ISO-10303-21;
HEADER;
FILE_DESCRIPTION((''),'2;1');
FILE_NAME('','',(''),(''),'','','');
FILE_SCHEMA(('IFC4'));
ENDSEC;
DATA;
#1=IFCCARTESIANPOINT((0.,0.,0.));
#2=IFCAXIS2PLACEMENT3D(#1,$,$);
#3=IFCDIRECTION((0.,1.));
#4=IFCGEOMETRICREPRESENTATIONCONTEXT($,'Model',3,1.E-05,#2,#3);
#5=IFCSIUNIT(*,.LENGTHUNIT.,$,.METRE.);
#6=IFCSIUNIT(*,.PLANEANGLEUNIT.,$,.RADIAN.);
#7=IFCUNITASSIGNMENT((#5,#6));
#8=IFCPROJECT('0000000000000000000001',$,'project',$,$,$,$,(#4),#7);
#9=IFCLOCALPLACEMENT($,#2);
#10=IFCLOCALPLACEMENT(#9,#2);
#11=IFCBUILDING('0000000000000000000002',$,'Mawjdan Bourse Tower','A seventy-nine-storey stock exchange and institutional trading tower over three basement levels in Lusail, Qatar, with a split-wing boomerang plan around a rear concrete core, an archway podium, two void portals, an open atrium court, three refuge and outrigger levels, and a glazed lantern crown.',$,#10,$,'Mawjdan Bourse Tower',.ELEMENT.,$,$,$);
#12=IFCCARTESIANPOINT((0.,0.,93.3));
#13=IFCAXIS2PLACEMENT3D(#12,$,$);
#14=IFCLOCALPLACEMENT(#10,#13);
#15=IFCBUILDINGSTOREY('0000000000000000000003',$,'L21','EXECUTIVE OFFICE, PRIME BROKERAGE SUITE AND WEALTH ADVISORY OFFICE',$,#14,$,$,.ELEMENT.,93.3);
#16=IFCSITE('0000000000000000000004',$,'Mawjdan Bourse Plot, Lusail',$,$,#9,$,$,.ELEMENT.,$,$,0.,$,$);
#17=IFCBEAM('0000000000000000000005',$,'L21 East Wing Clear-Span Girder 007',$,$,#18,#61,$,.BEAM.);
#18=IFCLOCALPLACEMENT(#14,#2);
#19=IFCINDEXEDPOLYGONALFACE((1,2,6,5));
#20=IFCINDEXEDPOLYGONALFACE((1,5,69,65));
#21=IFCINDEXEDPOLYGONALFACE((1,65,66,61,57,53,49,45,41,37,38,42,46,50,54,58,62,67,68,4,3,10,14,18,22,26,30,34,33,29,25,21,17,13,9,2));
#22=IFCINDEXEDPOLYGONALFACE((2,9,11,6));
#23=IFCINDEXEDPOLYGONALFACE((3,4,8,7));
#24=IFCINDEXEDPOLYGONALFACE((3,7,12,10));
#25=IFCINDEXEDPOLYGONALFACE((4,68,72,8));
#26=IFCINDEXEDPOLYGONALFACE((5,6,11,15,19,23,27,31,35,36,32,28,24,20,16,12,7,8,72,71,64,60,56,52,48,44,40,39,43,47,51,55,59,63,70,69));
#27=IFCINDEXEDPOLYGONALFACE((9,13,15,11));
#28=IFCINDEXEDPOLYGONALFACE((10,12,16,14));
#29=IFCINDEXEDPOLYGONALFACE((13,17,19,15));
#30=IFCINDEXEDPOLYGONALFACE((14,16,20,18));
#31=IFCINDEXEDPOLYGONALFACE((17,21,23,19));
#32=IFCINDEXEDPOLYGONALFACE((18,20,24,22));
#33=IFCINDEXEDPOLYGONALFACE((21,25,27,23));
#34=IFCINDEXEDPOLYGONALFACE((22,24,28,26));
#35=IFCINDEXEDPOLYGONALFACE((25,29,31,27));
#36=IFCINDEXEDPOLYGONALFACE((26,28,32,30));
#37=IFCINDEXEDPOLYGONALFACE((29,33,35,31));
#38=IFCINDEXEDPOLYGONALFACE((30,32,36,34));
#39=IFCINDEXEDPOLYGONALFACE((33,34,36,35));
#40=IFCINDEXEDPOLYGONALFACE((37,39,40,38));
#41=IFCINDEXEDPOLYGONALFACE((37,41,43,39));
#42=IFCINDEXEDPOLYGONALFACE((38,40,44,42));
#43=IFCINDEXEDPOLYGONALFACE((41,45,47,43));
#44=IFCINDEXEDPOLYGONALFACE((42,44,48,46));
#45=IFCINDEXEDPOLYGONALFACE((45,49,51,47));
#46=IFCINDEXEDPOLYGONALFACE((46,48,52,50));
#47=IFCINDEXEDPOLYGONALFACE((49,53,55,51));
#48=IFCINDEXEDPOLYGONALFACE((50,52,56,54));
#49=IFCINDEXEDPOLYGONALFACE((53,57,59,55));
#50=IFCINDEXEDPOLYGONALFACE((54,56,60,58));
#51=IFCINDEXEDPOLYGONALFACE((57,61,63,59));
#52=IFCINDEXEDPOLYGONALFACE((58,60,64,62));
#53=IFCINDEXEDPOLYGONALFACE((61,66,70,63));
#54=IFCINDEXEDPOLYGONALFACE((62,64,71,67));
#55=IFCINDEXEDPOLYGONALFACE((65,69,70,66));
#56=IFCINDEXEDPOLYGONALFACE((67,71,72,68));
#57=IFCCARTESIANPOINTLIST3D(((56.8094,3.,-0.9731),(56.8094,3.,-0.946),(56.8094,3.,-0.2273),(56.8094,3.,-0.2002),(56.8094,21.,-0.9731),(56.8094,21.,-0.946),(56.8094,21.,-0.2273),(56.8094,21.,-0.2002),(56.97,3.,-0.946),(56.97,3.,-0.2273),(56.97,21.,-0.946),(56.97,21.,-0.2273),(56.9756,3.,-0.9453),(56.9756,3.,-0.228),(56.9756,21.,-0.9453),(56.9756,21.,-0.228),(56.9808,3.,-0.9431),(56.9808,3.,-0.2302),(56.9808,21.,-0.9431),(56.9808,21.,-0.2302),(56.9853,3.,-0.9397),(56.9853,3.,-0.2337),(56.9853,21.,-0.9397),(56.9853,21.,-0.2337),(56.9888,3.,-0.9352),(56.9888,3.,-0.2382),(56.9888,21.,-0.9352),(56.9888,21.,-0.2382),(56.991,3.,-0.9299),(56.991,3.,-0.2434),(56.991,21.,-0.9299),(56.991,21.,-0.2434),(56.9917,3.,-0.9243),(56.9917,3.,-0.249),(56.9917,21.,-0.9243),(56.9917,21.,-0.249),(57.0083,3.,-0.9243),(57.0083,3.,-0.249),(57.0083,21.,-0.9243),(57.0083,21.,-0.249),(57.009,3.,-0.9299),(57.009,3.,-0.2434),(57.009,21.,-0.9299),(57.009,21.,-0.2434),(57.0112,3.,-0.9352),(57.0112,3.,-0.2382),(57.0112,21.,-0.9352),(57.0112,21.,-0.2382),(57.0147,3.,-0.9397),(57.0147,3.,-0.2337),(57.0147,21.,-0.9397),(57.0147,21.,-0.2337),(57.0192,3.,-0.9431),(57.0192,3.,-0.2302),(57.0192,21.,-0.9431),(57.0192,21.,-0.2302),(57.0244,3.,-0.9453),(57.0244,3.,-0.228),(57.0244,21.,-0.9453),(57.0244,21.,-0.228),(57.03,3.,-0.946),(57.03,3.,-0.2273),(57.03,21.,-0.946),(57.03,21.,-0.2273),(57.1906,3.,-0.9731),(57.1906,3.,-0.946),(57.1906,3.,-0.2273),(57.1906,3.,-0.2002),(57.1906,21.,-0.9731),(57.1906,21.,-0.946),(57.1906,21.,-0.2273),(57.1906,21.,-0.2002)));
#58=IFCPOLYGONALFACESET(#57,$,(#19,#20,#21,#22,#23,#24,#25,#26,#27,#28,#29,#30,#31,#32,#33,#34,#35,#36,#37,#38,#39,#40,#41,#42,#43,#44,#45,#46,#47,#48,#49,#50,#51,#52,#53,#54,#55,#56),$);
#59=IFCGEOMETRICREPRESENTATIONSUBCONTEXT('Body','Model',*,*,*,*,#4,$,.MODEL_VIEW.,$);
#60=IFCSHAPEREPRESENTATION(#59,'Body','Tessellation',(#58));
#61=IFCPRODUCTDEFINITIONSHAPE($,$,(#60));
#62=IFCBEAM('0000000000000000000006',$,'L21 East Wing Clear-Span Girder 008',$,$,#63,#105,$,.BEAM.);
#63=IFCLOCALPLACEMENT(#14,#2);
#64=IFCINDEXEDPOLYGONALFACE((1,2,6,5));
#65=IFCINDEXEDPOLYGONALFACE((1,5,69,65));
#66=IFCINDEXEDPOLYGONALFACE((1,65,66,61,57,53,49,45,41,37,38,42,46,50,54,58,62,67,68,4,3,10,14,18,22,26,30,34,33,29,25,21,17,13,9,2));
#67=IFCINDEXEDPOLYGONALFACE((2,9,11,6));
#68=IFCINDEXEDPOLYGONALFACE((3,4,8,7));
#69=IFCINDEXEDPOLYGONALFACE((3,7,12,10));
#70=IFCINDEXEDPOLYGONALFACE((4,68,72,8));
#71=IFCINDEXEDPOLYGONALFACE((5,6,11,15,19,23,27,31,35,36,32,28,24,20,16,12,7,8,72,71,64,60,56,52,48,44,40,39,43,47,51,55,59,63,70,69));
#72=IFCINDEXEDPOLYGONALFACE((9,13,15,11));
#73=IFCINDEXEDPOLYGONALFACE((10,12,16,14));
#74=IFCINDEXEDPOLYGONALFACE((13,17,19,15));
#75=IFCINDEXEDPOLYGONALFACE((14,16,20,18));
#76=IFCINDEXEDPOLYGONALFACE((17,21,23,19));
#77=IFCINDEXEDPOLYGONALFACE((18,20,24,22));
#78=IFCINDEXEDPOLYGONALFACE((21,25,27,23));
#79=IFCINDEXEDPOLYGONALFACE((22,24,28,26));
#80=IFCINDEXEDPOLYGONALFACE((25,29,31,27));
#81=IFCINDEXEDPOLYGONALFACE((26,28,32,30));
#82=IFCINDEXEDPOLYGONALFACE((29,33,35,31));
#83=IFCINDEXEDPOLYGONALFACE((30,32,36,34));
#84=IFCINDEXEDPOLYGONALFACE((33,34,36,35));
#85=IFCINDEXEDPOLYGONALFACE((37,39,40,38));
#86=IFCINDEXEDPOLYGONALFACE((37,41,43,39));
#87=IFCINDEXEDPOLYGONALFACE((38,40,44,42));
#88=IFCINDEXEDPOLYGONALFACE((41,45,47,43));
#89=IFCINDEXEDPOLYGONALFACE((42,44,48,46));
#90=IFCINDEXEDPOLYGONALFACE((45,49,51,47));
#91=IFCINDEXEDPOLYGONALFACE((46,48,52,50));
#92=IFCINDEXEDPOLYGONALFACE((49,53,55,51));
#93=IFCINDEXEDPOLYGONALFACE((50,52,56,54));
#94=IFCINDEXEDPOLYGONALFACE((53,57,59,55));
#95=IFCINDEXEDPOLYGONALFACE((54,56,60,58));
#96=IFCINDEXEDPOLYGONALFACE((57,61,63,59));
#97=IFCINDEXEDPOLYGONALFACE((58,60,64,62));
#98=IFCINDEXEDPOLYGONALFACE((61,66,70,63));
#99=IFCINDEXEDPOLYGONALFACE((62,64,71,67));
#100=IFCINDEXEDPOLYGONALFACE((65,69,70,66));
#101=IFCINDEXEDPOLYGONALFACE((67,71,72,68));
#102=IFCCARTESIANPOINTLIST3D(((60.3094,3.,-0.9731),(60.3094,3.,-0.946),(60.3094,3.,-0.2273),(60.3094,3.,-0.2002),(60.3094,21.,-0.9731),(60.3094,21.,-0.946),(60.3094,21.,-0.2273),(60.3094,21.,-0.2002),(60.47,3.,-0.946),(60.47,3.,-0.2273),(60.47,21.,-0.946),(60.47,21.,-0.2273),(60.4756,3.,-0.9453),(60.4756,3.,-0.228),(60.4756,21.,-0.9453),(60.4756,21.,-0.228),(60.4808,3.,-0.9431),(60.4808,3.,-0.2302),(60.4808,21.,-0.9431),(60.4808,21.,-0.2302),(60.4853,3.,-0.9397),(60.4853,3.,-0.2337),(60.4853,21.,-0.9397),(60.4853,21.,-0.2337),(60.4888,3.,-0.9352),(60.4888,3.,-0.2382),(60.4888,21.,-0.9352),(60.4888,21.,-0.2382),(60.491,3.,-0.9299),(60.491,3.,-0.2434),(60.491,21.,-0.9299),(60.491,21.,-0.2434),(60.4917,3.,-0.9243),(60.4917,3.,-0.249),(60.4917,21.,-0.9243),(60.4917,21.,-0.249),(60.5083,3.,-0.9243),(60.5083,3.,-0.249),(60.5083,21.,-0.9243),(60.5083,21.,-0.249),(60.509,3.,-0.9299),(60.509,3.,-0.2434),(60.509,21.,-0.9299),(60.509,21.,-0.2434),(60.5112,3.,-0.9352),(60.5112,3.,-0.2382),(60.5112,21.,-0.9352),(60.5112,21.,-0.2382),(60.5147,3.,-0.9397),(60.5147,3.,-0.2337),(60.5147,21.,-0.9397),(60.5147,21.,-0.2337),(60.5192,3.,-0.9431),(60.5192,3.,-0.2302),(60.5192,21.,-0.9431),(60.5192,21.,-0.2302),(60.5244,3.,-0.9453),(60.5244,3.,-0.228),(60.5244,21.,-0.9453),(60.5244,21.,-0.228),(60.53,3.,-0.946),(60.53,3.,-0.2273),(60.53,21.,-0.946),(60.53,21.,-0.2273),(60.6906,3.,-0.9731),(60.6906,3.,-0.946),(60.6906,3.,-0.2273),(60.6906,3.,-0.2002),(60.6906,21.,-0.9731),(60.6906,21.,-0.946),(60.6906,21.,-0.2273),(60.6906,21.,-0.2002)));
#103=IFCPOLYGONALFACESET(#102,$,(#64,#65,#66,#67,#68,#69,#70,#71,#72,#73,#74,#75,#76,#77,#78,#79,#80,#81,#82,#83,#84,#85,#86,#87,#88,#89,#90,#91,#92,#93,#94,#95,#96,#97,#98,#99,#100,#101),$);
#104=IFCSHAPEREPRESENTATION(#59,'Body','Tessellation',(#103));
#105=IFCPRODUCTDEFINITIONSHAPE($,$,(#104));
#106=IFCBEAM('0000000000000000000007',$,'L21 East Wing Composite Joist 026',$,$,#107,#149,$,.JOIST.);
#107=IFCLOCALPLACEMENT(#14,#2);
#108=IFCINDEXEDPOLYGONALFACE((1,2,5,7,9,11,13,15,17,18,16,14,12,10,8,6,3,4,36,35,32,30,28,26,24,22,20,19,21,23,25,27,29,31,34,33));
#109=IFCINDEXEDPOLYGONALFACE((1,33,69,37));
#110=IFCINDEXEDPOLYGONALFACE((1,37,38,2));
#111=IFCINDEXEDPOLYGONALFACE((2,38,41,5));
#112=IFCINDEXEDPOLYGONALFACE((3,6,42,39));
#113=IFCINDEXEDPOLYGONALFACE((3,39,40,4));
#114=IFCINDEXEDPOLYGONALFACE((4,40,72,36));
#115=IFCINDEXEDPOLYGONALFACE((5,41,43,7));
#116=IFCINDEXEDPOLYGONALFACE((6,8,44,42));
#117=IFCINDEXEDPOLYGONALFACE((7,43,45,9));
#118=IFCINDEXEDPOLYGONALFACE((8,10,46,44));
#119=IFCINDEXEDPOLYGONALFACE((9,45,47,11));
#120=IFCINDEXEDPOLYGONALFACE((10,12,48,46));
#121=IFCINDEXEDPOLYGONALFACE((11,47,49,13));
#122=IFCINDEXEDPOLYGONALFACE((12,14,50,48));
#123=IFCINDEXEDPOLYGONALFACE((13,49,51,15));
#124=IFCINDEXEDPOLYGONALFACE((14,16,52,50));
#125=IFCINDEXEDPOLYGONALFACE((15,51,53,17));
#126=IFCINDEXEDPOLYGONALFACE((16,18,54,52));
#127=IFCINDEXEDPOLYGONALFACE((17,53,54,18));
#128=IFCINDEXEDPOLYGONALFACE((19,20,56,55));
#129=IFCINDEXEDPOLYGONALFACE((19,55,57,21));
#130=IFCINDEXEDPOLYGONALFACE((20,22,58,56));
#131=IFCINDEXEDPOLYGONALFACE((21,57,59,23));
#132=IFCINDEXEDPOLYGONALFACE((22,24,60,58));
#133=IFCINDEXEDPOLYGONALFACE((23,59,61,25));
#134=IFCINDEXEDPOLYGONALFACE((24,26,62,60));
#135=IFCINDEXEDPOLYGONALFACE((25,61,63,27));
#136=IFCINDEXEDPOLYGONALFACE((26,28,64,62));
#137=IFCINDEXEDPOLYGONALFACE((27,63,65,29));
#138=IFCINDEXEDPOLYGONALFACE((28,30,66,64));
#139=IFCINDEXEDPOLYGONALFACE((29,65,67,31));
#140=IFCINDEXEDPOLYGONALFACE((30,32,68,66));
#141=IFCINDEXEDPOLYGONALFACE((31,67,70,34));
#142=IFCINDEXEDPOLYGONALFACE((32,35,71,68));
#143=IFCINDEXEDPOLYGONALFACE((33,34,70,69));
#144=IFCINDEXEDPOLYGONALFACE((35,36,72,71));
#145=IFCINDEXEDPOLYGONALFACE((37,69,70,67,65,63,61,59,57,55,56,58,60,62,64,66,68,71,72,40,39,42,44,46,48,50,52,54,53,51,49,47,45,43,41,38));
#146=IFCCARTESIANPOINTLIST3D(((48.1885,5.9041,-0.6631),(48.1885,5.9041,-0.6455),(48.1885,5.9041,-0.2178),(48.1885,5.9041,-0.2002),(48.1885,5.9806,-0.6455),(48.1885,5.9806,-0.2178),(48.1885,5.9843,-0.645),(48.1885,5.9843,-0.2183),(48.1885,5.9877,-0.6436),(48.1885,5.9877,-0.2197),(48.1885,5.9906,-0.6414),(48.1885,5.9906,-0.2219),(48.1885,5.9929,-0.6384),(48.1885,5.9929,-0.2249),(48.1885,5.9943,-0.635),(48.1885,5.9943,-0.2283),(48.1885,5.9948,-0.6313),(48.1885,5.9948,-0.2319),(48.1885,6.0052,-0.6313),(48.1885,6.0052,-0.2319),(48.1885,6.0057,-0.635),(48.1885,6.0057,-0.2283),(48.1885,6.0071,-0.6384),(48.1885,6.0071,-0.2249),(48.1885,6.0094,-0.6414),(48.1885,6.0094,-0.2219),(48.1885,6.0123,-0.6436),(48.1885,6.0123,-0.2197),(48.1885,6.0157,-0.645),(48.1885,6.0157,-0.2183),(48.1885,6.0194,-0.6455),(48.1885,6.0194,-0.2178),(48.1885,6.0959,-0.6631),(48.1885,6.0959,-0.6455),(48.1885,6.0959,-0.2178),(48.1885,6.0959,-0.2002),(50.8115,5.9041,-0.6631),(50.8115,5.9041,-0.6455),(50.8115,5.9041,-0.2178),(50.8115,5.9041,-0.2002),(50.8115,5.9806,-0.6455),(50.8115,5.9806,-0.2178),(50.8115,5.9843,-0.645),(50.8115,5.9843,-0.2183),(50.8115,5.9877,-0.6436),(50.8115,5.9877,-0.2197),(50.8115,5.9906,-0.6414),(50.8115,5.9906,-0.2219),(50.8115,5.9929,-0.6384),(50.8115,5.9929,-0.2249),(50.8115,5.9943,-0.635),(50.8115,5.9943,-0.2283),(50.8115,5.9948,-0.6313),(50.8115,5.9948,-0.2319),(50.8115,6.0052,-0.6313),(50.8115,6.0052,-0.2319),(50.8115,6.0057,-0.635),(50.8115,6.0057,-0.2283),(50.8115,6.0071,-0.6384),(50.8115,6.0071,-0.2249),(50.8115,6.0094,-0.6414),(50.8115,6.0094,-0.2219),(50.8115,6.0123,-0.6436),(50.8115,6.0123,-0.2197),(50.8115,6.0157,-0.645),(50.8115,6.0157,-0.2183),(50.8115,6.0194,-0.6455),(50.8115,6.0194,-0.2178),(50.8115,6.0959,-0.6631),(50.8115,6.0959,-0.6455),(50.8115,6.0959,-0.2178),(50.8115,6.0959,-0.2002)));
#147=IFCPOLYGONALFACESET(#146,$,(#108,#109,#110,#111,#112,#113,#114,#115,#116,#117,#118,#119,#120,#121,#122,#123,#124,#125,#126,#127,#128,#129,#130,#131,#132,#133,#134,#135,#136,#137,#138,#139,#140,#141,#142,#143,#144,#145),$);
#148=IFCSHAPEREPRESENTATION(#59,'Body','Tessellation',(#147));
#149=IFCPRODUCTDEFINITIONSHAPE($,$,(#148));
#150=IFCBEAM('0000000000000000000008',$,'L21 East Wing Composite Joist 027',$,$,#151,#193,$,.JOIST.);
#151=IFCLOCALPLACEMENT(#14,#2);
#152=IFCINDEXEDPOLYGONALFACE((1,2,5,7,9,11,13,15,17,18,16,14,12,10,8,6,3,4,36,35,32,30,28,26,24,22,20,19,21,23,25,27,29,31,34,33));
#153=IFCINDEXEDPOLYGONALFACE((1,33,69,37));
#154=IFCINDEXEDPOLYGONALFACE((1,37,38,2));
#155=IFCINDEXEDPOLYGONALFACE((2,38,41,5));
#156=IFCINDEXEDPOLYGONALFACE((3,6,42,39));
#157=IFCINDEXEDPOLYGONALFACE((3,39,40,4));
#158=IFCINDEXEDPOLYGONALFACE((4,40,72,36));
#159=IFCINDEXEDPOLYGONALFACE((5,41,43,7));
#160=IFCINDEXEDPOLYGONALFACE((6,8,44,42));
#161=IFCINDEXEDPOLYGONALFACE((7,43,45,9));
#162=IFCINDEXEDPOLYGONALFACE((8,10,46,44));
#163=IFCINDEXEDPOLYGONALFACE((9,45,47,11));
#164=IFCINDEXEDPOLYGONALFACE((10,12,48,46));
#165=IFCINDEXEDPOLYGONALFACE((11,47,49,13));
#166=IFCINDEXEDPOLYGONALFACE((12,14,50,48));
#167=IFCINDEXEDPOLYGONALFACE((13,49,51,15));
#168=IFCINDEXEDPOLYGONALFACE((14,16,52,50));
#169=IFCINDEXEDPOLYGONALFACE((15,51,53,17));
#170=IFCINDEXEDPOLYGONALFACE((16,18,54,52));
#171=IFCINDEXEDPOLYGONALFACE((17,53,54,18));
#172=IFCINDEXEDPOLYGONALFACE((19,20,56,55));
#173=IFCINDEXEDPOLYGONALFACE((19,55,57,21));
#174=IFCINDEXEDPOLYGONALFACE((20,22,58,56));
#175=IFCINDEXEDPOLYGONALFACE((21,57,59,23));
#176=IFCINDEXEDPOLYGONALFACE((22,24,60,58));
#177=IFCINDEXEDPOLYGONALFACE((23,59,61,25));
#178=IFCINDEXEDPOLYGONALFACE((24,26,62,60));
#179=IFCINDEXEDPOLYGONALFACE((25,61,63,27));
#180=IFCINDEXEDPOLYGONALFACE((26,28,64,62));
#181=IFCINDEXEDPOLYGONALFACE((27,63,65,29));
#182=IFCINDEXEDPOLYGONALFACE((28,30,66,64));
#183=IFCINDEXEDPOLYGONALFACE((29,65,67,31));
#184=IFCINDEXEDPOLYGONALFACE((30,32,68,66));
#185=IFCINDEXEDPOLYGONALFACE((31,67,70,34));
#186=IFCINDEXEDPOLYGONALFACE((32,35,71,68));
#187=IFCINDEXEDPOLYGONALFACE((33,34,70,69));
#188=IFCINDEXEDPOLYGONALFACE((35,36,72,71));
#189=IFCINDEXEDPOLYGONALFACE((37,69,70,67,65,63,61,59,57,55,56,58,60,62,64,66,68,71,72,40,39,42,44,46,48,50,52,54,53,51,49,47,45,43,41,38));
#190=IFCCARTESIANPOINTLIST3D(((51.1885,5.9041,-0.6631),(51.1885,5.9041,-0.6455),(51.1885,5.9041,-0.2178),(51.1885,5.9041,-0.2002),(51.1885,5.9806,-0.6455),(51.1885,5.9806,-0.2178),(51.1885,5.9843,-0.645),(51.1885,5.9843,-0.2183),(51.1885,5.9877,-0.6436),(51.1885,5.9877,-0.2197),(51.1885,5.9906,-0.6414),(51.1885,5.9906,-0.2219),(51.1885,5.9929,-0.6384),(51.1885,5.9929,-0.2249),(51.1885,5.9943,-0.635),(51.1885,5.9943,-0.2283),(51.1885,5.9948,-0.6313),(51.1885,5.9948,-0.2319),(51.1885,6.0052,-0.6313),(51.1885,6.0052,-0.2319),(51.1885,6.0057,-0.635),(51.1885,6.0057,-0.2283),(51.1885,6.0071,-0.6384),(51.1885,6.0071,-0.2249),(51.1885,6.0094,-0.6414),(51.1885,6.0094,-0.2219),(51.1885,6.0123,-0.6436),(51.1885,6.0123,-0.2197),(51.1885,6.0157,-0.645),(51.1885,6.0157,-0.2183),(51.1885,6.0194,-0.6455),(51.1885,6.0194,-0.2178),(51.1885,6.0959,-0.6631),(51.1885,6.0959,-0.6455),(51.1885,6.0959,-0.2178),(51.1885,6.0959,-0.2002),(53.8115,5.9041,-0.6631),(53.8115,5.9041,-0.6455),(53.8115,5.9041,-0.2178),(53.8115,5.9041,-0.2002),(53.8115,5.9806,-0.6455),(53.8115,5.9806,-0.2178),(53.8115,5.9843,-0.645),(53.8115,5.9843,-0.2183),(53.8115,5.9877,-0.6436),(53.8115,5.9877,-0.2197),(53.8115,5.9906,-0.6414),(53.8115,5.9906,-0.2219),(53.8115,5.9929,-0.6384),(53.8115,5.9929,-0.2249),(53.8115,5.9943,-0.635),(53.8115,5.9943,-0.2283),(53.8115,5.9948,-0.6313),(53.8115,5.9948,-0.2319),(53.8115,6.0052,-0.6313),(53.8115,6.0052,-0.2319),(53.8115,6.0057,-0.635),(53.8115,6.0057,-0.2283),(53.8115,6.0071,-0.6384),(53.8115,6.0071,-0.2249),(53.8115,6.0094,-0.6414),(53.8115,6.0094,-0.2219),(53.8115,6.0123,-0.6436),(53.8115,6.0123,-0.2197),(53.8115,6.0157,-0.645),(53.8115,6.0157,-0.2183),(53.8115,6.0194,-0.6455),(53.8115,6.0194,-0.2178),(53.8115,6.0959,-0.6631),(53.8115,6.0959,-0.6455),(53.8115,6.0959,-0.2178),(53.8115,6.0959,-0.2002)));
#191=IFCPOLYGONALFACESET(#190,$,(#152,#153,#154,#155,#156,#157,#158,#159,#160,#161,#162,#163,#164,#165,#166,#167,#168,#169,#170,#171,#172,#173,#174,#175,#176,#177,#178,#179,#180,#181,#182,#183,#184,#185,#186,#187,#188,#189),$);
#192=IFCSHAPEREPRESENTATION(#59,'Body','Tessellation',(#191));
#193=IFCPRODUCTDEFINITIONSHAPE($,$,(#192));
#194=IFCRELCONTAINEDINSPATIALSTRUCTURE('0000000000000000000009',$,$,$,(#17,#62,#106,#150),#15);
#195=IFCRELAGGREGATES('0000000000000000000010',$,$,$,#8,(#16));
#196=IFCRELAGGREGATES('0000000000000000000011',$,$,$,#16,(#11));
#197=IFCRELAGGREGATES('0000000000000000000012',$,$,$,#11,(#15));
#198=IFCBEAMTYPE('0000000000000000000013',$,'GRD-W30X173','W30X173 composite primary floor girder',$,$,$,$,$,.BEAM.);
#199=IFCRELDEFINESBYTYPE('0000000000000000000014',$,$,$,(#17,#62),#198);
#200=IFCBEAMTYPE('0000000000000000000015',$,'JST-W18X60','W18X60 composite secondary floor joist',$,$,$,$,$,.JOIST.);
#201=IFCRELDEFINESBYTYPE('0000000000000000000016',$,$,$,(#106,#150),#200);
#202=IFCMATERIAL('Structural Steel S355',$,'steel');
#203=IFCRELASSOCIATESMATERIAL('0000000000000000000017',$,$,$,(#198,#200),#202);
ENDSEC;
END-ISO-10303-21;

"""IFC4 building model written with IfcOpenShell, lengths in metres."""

from ifc_helpers import new_model, si_unit, direction, frame, origin, origin_2d, place, context, subcontext, project, spatial, i_section, extrude, material, material_profile, profile_set, type_object, element, save


model = new_model("IFC4")

# Units and contexts
model_context = context("Model", 3, precision=1e-05, world=origin(), true_north=direction((0.0, 1.0)))
body_context = subcontext(model_context, "Body", "Model", "MODEL_VIEW")
ifc_project = project(units=[si_unit("LENGTHUNIT", "METRE"), si_unit("PLANEANGLEUNIT", "RADIAN")], contexts=[model_context])

# Site, building, storey
site_placement = place(None, origin())
site = spatial("IfcSite", under=ifc_project, at=site_placement, Name="Mawjdan Bourse Plot, Lusail", CompositionType="ELEMENT", RefElevation=0.0)
building_placement = place(site_placement, origin())
building = spatial("IfcBuilding", under=site, at=building_placement, Name="Mawjdan Bourse Tower", Description="A seventy-nine-storey stock exchange and institutional trading tower over three basement levels in Lusail, Qatar, with a split-wing boomerang plan around a rear concrete core, an archway podium, two void portals, an open atrium court, three refuge and outrigger levels, and a glazed lantern crown.", LongName="Mawjdan Bourse Tower", CompositionType="ELEMENT")
storey_placement = place(building_placement, frame((0.0, 0.0, 93.3)))
storey = spatial("IfcBuildingStorey", under=building, at=storey_placement, Name="L21", Description="EXECUTIVE OFFICE, PRIME BROKERAGE SUITE AND WEALTH ADVISORY OFFICE", CompositionType="ELEMENT", Elevation=93.3)

# Beams
ifc_material_1 = material(Name="Structural Steel S355", Category="steel")
ifc_material_profile_1 = material_profile(ifc_material_1, i_section(OverallWidth=0.3811, OverallDepth=0.7729, WebThickness=0.0166, FlangeThickness=0.0271, FilletRadius=0.0217, at=origin_2d()), Name="W30X173")
ifc_profile_set_1 = profile_set([ifc_material_profile_1], Name="Structural Steel S355")
beam_type_1 = type_object("IfcBeamType", Name="GRD-W30X173", Description="W30X173 composite primary floor girder", PredefinedType="BEAM", material=ifc_profile_set_1)
for number, where, z_axis, x_axis, name in (
    (1, (57.0, 3.0, -0.5867), (0.0, 1.0, 0.0), (-1.0, 0.0, 0.0), "L21 East Wing Clear-Span Girder 007"),
    (2, (60.5, 3.0, -0.5867), (0.0, 1.0, 0.0), (-1.0, 0.0, 0.0), "L21 East Wing Clear-Span Girder 008"),
):
    element("IfcBeam", number, at=place(storey_placement, frame(where, z_axis=z_axis, x_axis=x_axis)), inside=storey, type_object=beam_type_1, Name=name, PredefinedType="BEAM", context=body_context, shape_type="SweptSolid", body=[
        extrude(i_section(OverallWidth=0.3811, OverallDepth=0.7729, WebThickness=0.0166, FlangeThickness=0.0271, FilletRadius=0.0217, at=origin_2d()), origin(), (0.0, 0.0, 1.0), 18.0),
    ])
ifc_material_profile_2 = material_profile(ifc_material_1, i_section(OverallWidth=0.1919, OverallDepth=0.4629, WebThickness=0.0105, FlangeThickness=0.0176, FilletRadius=0.0142, at=origin_2d()), Name="W18X60")
ifc_profile_set_2 = profile_set([ifc_material_profile_2], Name="Structural Steel S355")
beam_type_2 = type_object("IfcBeamType", Name="JST-W18X60", Description="W18X60 composite secondary floor joist", PredefinedType="JOIST", material=ifc_profile_set_2)
for number, where, z_axis, x_axis, name in (
    (3, (48.1885, 6.0, -0.4316), (1.0, 0.0, 0.0), (0.0, 1.0, 0.0), "L21 East Wing Composite Joist 026"),
    (4, (51.1885, 6.0, -0.4316), (1.0, 0.0, 0.0), (0.0, 1.0, 0.0), "L21 East Wing Composite Joist 027"),
):
    element("IfcBeam", number, at=place(storey_placement, frame(where, z_axis=z_axis, x_axis=x_axis)), inside=storey, type_object=beam_type_2, Name=name, PredefinedType="JOIST", context=body_context, shape_type="SweptSolid", body=[
        extrude(i_section(OverallWidth=0.1919, OverallDepth=0.4629, WebThickness=0.0105, FlangeThickness=0.0176, FilletRadius=0.0142, at=origin_2d()), origin(), (0.0, 0.0, 1.0), 2.623),
    ])

save(model, "model.ifc")
